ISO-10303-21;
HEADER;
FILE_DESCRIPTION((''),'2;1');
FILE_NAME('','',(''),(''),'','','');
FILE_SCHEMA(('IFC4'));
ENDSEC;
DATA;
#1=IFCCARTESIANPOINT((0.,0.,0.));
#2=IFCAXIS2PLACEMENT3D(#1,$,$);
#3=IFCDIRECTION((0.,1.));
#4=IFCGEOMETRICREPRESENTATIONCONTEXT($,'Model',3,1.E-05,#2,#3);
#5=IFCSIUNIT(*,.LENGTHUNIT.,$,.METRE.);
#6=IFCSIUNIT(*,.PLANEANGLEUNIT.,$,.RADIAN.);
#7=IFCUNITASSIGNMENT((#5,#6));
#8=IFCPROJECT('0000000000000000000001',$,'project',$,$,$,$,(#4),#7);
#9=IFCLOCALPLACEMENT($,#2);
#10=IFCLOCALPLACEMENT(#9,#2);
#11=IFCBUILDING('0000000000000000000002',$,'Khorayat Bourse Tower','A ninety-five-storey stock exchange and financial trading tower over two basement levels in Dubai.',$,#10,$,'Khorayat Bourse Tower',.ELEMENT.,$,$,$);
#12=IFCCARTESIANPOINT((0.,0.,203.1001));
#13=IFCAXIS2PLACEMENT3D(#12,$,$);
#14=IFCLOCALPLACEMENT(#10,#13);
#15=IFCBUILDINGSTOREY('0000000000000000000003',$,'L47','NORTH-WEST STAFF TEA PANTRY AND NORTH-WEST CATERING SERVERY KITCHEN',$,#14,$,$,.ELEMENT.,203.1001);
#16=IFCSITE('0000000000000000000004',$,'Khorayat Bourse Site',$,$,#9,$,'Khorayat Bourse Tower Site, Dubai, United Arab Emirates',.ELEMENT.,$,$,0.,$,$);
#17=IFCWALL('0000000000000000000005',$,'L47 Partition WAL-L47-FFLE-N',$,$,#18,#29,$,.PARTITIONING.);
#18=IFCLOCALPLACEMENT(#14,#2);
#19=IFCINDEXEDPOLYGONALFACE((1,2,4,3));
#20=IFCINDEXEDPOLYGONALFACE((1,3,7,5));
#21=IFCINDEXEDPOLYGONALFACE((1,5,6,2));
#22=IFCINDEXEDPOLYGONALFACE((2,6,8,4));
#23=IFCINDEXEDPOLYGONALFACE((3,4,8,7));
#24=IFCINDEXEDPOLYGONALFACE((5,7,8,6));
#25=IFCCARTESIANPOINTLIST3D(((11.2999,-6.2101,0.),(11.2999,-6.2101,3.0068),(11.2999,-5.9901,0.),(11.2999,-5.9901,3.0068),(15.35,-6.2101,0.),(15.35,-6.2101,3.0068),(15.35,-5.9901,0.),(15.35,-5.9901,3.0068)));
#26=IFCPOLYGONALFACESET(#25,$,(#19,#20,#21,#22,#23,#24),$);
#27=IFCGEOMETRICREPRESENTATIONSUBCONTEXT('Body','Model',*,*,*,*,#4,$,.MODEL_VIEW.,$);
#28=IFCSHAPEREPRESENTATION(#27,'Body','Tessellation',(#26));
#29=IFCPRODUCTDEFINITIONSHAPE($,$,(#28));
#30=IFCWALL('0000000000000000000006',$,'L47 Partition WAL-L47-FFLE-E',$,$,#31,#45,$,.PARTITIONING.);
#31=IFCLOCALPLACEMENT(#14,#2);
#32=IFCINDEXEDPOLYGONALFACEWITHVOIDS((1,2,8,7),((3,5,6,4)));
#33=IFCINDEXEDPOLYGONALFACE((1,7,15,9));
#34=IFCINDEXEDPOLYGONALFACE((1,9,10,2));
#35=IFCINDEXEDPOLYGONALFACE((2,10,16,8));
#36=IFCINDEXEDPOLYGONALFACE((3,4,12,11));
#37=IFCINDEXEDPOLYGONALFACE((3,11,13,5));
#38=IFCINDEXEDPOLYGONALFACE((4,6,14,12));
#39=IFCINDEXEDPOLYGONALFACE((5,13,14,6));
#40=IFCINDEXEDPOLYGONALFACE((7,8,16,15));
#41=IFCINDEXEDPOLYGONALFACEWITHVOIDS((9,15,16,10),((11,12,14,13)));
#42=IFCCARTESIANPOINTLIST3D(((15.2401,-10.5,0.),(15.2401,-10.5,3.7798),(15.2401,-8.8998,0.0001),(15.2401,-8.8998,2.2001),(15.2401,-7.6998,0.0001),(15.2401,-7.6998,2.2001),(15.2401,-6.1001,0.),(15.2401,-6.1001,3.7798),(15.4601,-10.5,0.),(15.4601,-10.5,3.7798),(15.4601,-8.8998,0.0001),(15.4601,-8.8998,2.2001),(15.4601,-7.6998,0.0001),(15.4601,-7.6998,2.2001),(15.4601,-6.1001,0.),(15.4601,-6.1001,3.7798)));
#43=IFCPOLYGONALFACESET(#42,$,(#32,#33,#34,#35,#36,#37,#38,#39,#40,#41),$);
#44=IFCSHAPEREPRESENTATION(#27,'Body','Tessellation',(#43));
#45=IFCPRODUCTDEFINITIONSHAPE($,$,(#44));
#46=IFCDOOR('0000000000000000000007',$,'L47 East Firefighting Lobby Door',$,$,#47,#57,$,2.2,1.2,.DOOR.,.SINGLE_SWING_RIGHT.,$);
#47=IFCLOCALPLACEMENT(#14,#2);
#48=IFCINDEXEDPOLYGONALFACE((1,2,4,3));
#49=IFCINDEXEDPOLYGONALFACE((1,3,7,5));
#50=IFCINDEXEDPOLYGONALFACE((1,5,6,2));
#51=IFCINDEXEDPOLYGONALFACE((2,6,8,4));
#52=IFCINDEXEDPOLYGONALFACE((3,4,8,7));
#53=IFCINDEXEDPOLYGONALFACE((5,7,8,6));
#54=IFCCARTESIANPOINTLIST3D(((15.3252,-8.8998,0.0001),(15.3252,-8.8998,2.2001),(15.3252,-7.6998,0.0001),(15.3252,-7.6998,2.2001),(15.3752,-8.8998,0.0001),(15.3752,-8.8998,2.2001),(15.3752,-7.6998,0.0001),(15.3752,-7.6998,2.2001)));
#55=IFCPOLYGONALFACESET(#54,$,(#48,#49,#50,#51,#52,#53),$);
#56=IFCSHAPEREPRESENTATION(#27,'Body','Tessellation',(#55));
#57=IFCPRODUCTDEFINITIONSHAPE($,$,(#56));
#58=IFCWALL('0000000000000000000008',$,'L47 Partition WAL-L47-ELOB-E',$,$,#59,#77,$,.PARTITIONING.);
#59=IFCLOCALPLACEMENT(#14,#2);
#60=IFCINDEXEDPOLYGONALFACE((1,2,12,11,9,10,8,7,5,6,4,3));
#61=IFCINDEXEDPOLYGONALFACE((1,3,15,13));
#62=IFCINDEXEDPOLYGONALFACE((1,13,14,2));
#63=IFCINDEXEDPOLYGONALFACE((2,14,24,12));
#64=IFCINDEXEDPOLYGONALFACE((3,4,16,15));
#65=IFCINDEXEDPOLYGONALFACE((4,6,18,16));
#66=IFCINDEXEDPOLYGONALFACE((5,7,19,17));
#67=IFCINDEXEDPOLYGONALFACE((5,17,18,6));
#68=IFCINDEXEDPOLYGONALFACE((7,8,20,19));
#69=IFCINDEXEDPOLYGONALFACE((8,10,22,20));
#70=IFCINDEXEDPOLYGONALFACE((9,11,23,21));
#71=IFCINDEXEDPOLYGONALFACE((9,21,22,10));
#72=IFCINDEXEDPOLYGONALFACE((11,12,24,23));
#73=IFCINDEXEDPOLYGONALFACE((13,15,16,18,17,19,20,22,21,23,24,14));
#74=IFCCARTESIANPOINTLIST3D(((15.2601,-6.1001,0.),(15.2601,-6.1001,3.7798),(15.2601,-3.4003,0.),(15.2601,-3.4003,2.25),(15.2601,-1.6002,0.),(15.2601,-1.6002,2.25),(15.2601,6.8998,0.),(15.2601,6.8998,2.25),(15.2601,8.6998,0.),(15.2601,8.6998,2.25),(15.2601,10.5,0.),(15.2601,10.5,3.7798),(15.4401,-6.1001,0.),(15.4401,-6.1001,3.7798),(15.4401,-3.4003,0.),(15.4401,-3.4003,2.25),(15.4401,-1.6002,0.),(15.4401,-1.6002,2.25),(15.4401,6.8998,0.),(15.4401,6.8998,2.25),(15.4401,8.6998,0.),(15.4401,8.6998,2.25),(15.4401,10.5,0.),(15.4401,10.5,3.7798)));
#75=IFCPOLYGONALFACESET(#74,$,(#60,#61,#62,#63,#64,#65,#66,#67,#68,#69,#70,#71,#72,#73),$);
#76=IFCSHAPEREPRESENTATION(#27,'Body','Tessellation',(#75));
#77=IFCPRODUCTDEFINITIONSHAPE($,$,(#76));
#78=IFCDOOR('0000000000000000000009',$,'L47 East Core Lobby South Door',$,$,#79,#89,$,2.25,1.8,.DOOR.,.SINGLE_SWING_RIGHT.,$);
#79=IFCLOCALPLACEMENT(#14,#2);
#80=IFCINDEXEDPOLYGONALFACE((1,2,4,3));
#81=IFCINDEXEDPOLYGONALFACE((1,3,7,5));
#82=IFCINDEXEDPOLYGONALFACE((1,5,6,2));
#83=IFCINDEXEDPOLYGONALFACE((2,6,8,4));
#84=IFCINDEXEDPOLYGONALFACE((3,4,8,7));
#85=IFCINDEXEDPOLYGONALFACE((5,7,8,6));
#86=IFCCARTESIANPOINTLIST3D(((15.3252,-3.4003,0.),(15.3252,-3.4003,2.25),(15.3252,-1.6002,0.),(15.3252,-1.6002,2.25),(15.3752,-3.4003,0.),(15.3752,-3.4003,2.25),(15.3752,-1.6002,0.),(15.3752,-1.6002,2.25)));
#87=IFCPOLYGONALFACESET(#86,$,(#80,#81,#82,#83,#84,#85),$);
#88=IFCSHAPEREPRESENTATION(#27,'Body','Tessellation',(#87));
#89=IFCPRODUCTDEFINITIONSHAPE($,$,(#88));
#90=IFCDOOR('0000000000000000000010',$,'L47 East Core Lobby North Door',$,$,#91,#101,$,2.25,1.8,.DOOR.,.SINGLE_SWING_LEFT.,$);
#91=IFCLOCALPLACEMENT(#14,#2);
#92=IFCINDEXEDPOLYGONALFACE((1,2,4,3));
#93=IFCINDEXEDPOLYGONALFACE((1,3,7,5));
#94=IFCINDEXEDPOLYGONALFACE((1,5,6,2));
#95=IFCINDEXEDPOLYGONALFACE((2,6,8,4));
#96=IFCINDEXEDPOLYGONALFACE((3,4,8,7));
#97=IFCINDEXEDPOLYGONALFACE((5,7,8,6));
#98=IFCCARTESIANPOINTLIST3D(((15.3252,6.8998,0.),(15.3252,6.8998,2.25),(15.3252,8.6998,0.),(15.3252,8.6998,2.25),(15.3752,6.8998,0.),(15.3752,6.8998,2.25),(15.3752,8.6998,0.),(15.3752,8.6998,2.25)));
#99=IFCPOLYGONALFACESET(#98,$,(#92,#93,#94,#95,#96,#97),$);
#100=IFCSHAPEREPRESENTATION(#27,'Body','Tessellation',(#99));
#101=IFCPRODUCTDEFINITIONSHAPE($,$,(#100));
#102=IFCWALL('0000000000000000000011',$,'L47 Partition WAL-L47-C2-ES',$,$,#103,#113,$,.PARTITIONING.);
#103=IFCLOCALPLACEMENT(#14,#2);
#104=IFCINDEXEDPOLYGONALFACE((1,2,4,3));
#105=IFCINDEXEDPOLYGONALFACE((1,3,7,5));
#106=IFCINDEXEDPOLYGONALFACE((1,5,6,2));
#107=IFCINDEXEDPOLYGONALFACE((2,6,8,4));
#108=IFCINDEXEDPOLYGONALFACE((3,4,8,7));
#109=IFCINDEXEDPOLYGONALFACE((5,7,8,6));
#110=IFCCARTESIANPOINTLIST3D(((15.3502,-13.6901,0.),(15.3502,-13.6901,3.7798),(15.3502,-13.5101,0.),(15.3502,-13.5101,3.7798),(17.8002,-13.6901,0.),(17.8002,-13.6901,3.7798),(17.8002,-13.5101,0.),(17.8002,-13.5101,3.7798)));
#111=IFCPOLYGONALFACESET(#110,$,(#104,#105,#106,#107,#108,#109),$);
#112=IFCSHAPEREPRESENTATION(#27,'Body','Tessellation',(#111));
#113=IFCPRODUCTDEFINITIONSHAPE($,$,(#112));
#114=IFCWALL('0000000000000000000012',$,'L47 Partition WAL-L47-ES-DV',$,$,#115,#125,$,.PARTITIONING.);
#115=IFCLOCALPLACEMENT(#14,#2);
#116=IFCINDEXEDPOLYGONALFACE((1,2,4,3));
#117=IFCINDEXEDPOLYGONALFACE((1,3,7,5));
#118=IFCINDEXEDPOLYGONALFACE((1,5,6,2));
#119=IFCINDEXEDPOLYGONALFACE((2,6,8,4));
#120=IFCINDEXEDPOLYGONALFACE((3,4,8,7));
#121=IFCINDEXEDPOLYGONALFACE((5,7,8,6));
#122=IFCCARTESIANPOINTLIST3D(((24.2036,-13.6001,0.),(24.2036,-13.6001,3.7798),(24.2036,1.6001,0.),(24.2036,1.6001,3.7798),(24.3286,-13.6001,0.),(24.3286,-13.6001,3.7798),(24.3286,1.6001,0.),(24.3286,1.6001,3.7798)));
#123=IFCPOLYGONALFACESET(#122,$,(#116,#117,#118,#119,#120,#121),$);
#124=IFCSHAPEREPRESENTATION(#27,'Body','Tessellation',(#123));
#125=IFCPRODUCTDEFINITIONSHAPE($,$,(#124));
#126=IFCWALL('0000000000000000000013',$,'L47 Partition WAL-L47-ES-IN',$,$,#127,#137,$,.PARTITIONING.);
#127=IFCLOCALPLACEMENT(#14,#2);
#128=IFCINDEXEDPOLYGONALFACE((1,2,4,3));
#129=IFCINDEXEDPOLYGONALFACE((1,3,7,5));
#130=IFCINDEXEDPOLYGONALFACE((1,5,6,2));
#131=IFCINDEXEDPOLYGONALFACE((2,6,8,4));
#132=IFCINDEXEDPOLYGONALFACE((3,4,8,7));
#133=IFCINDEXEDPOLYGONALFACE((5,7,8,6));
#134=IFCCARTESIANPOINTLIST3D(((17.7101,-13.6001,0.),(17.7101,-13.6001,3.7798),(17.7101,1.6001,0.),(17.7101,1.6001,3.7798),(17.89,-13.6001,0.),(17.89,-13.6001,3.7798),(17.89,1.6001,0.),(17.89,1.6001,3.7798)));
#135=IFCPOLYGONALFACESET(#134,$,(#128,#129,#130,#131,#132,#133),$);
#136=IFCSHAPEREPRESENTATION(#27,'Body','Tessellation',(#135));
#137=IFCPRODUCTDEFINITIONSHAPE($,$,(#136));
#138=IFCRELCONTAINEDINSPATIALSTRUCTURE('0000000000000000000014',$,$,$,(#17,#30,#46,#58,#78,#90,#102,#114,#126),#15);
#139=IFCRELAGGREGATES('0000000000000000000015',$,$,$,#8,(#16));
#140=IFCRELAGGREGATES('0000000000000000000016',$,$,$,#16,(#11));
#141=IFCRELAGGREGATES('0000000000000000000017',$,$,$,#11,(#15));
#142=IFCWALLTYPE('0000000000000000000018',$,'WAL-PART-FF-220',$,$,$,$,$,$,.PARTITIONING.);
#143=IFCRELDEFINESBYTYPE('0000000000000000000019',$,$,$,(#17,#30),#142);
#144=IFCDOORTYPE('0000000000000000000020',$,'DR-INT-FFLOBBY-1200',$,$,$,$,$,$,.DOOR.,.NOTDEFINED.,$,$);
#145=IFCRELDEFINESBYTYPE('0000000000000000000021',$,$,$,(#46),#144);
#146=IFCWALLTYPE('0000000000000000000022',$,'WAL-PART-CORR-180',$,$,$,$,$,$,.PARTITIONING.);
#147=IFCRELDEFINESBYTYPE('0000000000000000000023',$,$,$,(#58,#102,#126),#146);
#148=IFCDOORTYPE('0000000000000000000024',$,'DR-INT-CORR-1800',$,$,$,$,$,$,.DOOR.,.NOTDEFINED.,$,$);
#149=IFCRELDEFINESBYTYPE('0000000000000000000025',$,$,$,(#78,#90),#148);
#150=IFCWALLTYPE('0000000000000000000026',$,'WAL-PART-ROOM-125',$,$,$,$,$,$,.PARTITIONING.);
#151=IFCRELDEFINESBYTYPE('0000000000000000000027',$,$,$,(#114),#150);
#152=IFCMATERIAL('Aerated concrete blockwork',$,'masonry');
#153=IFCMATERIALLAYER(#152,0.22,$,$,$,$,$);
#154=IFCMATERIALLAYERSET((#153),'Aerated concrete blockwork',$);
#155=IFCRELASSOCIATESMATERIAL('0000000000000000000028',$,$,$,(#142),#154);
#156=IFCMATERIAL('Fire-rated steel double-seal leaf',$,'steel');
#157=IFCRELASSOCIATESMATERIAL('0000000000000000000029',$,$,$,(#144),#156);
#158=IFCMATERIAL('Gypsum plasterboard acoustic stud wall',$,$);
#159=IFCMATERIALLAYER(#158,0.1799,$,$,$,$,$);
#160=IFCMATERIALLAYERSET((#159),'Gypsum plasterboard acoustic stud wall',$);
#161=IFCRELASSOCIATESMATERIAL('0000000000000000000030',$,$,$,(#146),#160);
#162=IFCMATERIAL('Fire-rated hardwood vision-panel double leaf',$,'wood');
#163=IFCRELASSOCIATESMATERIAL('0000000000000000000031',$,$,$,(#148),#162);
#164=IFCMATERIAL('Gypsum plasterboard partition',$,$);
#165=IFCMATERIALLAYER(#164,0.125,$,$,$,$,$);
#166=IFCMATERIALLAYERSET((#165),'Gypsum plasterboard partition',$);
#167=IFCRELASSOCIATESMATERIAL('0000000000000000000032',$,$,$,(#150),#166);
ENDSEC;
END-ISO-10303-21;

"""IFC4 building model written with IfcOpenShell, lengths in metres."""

from ifc_helpers import new_model, si_unit, direction, frame, frame_2d, origin, place, context, subcontext, project, spatial, rectangle, extrude, source, transform, mapped, material, layer, layer_set, type_object, element, fill, save


model = new_model("IFC4")

# Units and contexts
model_context = context("Model", 3, precision=1e-05, world=origin(), true_north=direction((0.0, 1.0)))
body_context = subcontext(model_context, "Body", "Model", "MODEL_VIEW")
ifc_project = project(units=[si_unit("LENGTHUNIT", "METRE"), si_unit("PLANEANGLEUNIT", "RADIAN")], contexts=[model_context])

# Site, building, storey
site_placement = place(None, origin())
site = spatial("IfcSite", under=ifc_project, at=site_placement, Name="Khorayat Bourse Site", LongName="Khorayat Bourse Tower Site, Dubai, United Arab Emirates", CompositionType="ELEMENT", RefElevation=0.0)
building_placement = place(site_placement, origin())
building = spatial("IfcBuilding", under=site, at=building_placement, Name="Khorayat Bourse Tower", Description="A ninety-five-storey stock exchange and financial trading tower over two basement levels in Dubai.", LongName="Khorayat Bourse Tower", CompositionType="ELEMENT")
storey_placement = place(building_placement, frame((0.0, 0.0, 203.1001)))
storey = spatial("IfcBuildingStorey", under=building, at=storey_placement, Name="L47", Description="NORTH-WEST STAFF TEA PANTRY AND NORTH-WEST CATERING SERVERY KITCHEN", CompositionType="ELEMENT", Elevation=203.1001)

# Wall
ifc_material_1 = material(Name="Aerated concrete blockwork", Category="masonry")
ifc_layer_1 = layer(ifc_material_1, 0.22)
ifc_layer_set_1 = layer_set([ifc_layer_1], Name="Aerated concrete blockwork")
wall_type_1 = type_object("IfcWallType", Name="WAL-PART-FF-220", PredefinedType="PARTITIONING", material=ifc_layer_set_1)
shared_shape_1 = source(origin(), body_context, "Body", "SweptSolid", [
    extrude(rectangle(XDim=4.05, YDim=0.22, at=frame_2d((2.0249, 0.0))), origin(), (0.0, 0.0, 1.0), 3.0068),
])
wall_1_placement = place(storey_placement, frame((11.3, -6.1001, 0.0), z_axis=(0.0, 0.0, 1.0), x_axis=(1.0, 0.0, 0.0)))
element("IfcWall", 1, at=wall_1_placement, inside=storey, type_object=wall_type_1, Name="L47 Partition WAL-L47-FFLE-N", PredefinedType="PARTITIONING", context=body_context, shape_type="MappedRepresentation", body=[
    mapped(shared_shape_1, transform((0.0, 0.0, 0.0), scale=1.0)),
])

# Wall, opening, door
shared_shape_2 = source(origin(), body_context, "Body", "SweptSolid", [
    extrude(rectangle(XDim=4.3999, YDim=0.22, at=frame_2d((2.2, 0.0))), origin(), (0.0, 0.0, 1.0), 3.7798),
])
wall_2_placement = place(storey_placement, frame((15.3501, -10.5, 0.0), z_axis=(0.0, 0.0, 1.0), x_axis=(0.0, 1.0, 0.0)))
wall_2 = element("IfcWall", 2, at=wall_2_placement, inside=storey, type_object=wall_type_1, Name="L47 Partition WAL-L47-FFLE-E", PredefinedType="PARTITIONING", context=body_context, shape_type="MappedRepresentation", body=[
    mapped(shared_shape_2, transform((0.0, 0.0, 0.0), scale=1.0)),
])
shared_shape_3 = source(origin(), body_context, "Body", "SweptSolid", [
    extrude(rectangle(XDim=1.2, YDim=2.2, at=frame_2d((0.6001, 1.1001))), frame((0.0, 0.1199, 0.0), z_axis=(0.0, -1.0, 0.0), x_axis=(1.0, 0.0, 0.0)), (0.0, 0.0, 1.0), 0.24),
])
opening_1_placement = place(wall_2_placement, frame((1.6001, 0.0, 0.0)))
opening_1 = element("IfcOpeningElement", 3, at=opening_1_placement, cuts=wall_2, PredefinedType="OPENING", context=body_context, shape_type="MappedRepresentation", body=[
    mapped(shared_shape_3, transform((0.0, 0.0, 0.0), scale=1.0)),
])
ifc_material_2 = material(Name="Fire-rated steel double-seal leaf", Category="steel")
door_type_1 = type_object("IfcDoorType", Name="DR-INT-FFLOBBY-1200", OperationType="NOTDEFINED", PredefinedType="DOOR", material=ifc_material_2)
shared_shape_4 = source(origin(), body_context, "Body", "SweptSolid", [
    extrude(rectangle(XDim=1.2, YDim=2.2, at=frame_2d((0.6001, 1.1001))), frame((0.0, 0.0249, 0.0), z_axis=(0.0, -1.0, 0.0), x_axis=(1.0, 0.0, 0.0)), (0.0, 0.0, 1.0), 0.05),
])
door_1_placement = place(opening_1_placement, origin())
door_1 = element("IfcDoor", 4, at=door_1_placement, inside=storey, type_object=door_type_1, Name="L47 East Firefighting Lobby Door", OperationType="SINGLE_SWING_RIGHT", OverallHeight=2.2, OverallWidth=1.2, PredefinedType="DOOR", context=body_context, shape_type="MappedRepresentation", body=[
    mapped(shared_shape_4, transform((0.0, 0.0, 0.0), scale=1.0)),
])
fill(opening_1, door_1)

# Wall, openings, doors
ifc_material_3 = material(Name="Gypsum plasterboard acoustic stud wall")
ifc_layer_2 = layer(ifc_material_3, 0.1799)
ifc_layer_set_2 = layer_set([ifc_layer_2], Name="Gypsum plasterboard acoustic stud wall")
wall_type_2 = type_object("IfcWallType", Name="WAL-PART-CORR-180", PredefinedType="PARTITIONING", material=ifc_layer_set_2)
shared_shape_5 = source(origin(), body_context, "Body", "SweptSolid", [
    extrude(rectangle(XDim=16.6001, YDim=0.1799, at=frame_2d((8.3, 0.0))), origin(), (0.0, 0.0, 1.0), 3.7798),
])
wall_3_placement = place(storey_placement, frame((15.3501, -6.1001, 0.0), z_axis=(0.0, 0.0, 1.0), x_axis=(0.0, 1.0, 0.0)))
wall_3 = element("IfcWall", 5, at=wall_3_placement, inside=storey, type_object=wall_type_2, Name="L47 Partition WAL-L47-ELOB-E", PredefinedType="PARTITIONING", context=body_context, shape_type="MappedRepresentation", body=[
    mapped(shared_shape_5, transform((0.0, 0.0, 0.0), scale=1.0)),
])
shared_shape_6 = source(origin(), body_context, "Body", "SweptSolid", [
    extrude(rectangle(XDim=1.8, YDim=2.25, at=frame_2d((0.8999, 1.125))), frame((0.0, 0.0999, 0.0), z_axis=(0.0, -1.0, 0.0), x_axis=(1.0, 0.0, 0.0)), (0.0, 0.0, 1.0), 0.2),
])
opening_2_placement = place(wall_3_placement, frame((2.7, 0.0, 0.0)))
opening_2 = element("IfcOpeningElement", 6, at=opening_2_placement, cuts=wall_3, PredefinedType="OPENING", context=body_context, shape_type="MappedRepresentation", body=[
    mapped(shared_shape_6, transform((0.0, 0.0, 0.0), scale=1.0)),
])
opening_3_placement = place(wall_3_placement, frame((13.0, 0.0, 0.0)))
opening_3 = element("IfcOpeningElement", 7, at=opening_3_placement, cuts=wall_3, PredefinedType="OPENING", context=body_context, shape_type="MappedRepresentation", body=[
    mapped(shared_shape_6, transform((0.0, 0.0, 0.0), scale=1.0)),
])
ifc_material_4 = material(Name="Fire-rated hardwood vision-panel double leaf", Category="wood")
door_type_2 = type_object("IfcDoorType", Name="DR-INT-CORR-1800", OperationType="NOTDEFINED", PredefinedType="DOOR", material=ifc_material_4)
shared_shape_7 = source(origin(), body_context, "Body", "SweptSolid", [
    extrude(rectangle(XDim=1.8, YDim=2.25, at=frame_2d((0.8999, 1.125))), frame((0.0, 0.0249, 0.0), z_axis=(0.0, -1.0, 0.0), x_axis=(1.0, 0.0, 0.0)), (0.0, 0.0, 1.0), 0.05),
])
door_2_placement = place(opening_2_placement, origin())
door_2 = element("IfcDoor", 8, at=door_2_placement, inside=storey, type_object=door_type_2, Name="L47 East Core Lobby South Door", OperationType="SINGLE_SWING_RIGHT", OverallHeight=2.25, OverallWidth=1.8, PredefinedType="DOOR", context=body_context, shape_type="MappedRepresentation", body=[
    mapped(shared_shape_7, transform((0.0, 0.0, 0.0), scale=1.0)),
])
fill(opening_2, door_2)
door_3_placement = place(opening_3_placement, origin())
door_3 = element("IfcDoor", 9, at=door_3_placement, inside=storey, type_object=door_type_2, Name="L47 East Core Lobby North Door", OperationType="SINGLE_SWING_LEFT", OverallHeight=2.25, OverallWidth=1.8, PredefinedType="DOOR", context=body_context, shape_type="MappedRepresentation", body=[
    mapped(shared_shape_7, transform((0.0, 0.0, 0.0), scale=1.0)),
])
fill(opening_3, door_3)

# Walls
shared_shape_8 = source(origin(), body_context, "Body", "SweptSolid", [
    extrude(rectangle(XDim=2.45, YDim=0.1799, at=frame_2d((1.2251, 0.0))), origin(), (0.0, 0.0, 1.0), 3.7798),
])
wall_4_placement = place(storey_placement, frame((15.3501, -13.6001, 0.0), z_axis=(0.0, 0.0, 1.0), x_axis=(1.0, 0.0, 0.0)))
element("IfcWall", 10, at=wall_4_placement, inside=storey, type_object=wall_type_2, Name="L47 Partition WAL-L47-C2-ES", PredefinedType="PARTITIONING", context=body_context, shape_type="MappedRepresentation", body=[
    mapped(shared_shape_8, transform((0.0, 0.0, 0.0), scale=1.0)),
])
ifc_material_5 = material(Name="Gypsum plasterboard partition")
ifc_layer_3 = layer(ifc_material_5, 0.125)
ifc_layer_set_3 = layer_set([ifc_layer_3], Name="Gypsum plasterboard partition")
wall_type_3 = type_object("IfcWallType", Name="WAL-PART-ROOM-125", PredefinedType="PARTITIONING", material=ifc_layer_set_3)
shared_shape_9 = source(origin(), body_context, "Body", "SweptSolid", [
    extrude(rectangle(XDim=15.2002, YDim=0.125, at=frame_2d((7.6001, 0.0))), origin(), (0.0, 0.0, 1.0), 3.7798),
])
wall_5_placement = place(storey_placement, frame((24.2661, -13.6001, 0.0), z_axis=(0.0, 0.0, 1.0), x_axis=(0.0, 1.0, 0.0)))
element("IfcWall", 11, at=wall_5_placement, inside=storey, type_object=wall_type_3, Name="L47 Partition WAL-L47-ES-DV", PredefinedType="PARTITIONING", context=body_context, shape_type="MappedRepresentation", body=[
    mapped(shared_shape_9, transform((0.0, 0.0, 0.0), scale=1.0)),
])
shared_shape_10 = source(origin(), body_context, "Body", "SweptSolid", [
    extrude(rectangle(XDim=15.2002, YDim=0.1799, at=frame_2d((7.6001, 0.0))), origin(), (0.0, 0.0, 1.0), 3.7798),
])
wall_6_placement = place(storey_placement, frame((17.8, -13.6001, 0.0), z_axis=(0.0, 0.0, 1.0), x_axis=(0.0, 1.0, 0.0)))
element("IfcWall", 12, at=wall_6_placement, inside=storey, type_object=wall_type_2, Name="L47 Partition WAL-L47-ES-IN", PredefinedType="PARTITIONING", context=body_context, shape_type="MappedRepresentation", body=[
    mapped(shared_shape_10, transform((0.0, 0.0, 0.0), scale=1.0)),
])

save(model, "model.ifc")
